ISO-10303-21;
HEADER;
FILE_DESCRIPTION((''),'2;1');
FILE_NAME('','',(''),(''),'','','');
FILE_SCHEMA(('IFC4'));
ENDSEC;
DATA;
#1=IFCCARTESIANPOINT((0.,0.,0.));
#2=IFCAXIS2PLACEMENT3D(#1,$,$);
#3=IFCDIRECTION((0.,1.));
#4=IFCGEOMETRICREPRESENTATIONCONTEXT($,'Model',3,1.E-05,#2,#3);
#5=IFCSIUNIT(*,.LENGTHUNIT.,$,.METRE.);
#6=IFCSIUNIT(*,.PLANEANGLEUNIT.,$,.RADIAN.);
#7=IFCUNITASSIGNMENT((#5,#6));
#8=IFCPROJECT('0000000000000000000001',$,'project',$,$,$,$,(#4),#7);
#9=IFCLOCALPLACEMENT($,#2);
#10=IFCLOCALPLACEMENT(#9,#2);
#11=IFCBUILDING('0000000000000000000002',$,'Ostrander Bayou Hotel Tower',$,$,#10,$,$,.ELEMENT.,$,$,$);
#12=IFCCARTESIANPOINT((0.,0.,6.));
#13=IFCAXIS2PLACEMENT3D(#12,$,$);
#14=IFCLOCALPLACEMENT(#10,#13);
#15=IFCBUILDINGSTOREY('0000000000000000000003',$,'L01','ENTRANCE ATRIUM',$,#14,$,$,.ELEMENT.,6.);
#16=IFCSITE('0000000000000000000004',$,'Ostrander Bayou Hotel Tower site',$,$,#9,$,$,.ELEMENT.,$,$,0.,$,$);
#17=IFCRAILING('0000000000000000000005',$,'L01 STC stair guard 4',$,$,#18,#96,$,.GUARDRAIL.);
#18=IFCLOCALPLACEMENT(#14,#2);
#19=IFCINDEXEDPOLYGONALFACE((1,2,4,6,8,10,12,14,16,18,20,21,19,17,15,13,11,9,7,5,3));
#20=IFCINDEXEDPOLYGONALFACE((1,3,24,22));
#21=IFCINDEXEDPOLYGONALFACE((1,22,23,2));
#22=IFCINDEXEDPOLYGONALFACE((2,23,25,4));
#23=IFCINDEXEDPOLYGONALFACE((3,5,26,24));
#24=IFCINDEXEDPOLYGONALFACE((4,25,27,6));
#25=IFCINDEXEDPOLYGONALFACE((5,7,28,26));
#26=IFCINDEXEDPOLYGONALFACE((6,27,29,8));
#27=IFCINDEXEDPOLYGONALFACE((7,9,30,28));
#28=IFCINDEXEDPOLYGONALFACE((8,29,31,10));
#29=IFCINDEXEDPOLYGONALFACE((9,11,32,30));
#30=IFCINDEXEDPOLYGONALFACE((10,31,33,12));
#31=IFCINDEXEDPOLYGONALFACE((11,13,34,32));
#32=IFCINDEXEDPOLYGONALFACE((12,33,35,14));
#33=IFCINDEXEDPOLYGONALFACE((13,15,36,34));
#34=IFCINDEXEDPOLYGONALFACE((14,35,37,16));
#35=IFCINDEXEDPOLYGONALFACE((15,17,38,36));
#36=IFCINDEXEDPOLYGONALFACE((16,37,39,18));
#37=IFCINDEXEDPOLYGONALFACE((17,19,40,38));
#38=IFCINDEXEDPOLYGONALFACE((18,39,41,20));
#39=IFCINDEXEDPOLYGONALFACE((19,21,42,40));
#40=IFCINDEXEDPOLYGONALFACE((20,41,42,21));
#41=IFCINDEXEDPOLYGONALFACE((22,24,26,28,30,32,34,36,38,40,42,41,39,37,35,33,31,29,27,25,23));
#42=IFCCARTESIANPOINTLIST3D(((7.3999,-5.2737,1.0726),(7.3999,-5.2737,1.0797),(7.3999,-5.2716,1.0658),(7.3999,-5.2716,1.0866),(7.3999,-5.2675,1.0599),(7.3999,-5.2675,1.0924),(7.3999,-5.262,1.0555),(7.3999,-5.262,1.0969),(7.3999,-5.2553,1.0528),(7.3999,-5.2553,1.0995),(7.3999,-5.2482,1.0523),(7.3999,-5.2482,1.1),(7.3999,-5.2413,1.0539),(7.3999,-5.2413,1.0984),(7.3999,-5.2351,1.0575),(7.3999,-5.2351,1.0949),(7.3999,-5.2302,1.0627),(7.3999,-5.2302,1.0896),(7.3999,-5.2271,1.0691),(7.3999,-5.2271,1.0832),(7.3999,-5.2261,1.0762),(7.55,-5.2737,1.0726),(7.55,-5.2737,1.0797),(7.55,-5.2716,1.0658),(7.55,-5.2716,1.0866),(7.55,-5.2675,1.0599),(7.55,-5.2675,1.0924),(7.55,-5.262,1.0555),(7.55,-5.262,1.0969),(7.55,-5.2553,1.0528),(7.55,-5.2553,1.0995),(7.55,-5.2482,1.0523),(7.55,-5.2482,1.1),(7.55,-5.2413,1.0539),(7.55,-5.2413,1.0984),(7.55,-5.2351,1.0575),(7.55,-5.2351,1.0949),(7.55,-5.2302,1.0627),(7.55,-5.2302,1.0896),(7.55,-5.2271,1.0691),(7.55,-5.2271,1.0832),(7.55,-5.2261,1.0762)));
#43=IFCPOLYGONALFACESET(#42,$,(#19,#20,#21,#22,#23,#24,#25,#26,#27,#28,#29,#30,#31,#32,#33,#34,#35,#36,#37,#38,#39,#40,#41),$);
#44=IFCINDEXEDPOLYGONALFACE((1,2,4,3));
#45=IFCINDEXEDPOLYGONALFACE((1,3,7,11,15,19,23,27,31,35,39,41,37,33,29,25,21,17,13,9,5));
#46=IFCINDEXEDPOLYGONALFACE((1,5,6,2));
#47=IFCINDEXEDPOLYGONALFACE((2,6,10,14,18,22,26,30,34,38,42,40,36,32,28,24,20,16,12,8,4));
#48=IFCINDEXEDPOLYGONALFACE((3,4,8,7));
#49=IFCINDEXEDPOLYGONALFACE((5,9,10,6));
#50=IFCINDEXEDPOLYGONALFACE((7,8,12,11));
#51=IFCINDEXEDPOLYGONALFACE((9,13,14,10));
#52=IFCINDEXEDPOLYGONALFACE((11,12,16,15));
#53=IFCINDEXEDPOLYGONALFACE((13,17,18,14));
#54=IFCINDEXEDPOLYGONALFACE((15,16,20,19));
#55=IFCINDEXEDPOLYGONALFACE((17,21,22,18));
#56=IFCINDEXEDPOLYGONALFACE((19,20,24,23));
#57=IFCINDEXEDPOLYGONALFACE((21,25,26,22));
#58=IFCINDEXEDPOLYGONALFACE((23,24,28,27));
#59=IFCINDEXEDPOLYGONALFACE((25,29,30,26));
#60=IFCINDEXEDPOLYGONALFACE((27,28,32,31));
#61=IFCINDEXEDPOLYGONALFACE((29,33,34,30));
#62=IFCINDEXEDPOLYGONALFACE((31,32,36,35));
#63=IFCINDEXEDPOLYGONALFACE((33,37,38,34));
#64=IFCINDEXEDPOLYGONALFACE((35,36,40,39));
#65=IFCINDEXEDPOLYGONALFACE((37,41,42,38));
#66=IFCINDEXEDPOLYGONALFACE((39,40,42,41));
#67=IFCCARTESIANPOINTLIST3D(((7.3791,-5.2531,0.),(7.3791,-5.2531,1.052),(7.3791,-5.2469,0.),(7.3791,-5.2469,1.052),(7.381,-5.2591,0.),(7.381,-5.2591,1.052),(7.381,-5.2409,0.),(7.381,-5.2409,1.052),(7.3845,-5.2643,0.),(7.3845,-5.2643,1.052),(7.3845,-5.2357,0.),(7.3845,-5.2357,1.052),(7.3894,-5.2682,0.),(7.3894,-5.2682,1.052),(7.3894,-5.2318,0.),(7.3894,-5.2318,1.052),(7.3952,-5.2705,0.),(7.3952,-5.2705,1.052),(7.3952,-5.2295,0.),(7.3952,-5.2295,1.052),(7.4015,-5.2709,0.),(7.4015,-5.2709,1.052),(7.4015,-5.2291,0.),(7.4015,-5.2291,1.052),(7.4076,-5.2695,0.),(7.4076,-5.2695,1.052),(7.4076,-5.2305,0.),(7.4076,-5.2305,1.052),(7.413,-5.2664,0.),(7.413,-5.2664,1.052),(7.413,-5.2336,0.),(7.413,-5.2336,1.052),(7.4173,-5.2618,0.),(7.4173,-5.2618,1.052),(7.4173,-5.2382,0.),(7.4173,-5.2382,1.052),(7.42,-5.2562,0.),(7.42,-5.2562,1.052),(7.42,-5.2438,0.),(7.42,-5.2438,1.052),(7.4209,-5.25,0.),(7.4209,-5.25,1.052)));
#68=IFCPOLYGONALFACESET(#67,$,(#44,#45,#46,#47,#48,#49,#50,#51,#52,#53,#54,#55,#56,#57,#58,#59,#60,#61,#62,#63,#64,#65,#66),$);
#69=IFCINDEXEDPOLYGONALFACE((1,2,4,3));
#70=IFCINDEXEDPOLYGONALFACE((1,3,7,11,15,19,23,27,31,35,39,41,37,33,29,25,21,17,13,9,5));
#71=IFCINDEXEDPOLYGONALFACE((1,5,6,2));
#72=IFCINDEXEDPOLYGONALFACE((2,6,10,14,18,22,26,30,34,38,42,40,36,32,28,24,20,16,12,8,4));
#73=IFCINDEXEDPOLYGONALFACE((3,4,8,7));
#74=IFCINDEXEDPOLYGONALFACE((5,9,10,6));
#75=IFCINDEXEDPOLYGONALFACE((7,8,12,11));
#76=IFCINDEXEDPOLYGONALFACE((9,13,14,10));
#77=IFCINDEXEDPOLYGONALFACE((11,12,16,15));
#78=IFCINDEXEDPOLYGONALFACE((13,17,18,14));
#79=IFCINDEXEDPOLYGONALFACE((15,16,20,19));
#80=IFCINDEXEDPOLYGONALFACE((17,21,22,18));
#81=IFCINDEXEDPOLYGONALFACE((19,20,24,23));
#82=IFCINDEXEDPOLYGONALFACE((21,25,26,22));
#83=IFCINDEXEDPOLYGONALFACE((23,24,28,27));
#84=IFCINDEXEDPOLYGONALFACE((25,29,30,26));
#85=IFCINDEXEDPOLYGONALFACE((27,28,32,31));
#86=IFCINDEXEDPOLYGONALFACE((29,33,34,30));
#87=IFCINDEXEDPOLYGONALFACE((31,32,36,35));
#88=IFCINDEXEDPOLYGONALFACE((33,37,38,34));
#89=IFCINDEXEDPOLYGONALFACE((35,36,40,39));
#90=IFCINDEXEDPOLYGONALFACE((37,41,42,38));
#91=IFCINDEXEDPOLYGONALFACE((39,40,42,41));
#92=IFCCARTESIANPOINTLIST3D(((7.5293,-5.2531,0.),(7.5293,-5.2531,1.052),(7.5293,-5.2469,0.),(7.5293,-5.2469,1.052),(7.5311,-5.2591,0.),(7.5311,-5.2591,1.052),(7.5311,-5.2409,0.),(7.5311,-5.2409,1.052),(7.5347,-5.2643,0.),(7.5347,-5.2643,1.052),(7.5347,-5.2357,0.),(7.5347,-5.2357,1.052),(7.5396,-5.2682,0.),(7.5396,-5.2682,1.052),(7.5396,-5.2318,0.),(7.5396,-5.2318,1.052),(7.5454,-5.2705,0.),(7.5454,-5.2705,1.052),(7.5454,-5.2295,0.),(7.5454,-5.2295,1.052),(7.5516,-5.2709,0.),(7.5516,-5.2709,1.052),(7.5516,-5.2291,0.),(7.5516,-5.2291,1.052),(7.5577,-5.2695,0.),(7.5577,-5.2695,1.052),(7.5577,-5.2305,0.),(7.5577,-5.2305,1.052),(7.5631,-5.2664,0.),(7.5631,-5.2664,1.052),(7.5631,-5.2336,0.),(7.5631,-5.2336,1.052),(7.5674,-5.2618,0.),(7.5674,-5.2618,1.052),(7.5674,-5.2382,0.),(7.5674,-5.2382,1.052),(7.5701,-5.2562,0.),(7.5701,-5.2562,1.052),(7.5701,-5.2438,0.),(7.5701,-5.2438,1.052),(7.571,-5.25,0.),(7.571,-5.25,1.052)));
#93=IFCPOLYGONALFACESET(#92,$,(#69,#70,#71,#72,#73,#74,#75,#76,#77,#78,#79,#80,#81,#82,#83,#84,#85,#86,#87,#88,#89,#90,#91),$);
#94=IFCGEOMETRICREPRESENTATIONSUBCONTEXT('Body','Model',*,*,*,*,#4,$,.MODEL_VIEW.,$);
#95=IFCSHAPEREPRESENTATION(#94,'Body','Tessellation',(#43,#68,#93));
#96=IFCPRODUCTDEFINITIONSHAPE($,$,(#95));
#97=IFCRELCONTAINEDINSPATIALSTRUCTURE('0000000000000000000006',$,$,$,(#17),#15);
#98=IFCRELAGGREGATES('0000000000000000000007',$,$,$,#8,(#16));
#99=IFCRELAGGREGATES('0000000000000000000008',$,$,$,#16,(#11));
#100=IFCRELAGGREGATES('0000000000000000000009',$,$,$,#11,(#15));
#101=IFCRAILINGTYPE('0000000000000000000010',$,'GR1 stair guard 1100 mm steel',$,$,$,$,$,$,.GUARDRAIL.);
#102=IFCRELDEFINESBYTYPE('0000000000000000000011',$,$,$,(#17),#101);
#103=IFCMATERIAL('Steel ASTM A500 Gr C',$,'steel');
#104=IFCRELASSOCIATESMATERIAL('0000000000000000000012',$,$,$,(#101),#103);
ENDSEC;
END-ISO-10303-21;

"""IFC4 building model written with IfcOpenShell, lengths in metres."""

from ifc_helpers import new_model, si_unit, direction, frame, origin, origin_2d, place, context, subcontext, project, spatial, circle, extrude, material, type_object, element, save


model = new_model("IFC4")

# Units and contexts
model_context = context("Model", 3, precision=1e-05, world=origin(), true_north=direction((0.0, 1.0)))
body_context = subcontext(model_context, "Body", "Model", "MODEL_VIEW")
ifc_project = project(units=[si_unit("LENGTHUNIT", "METRE"), si_unit("PLANEANGLEUNIT", "RADIAN")], contexts=[model_context])

# Site, building, storey
site_placement = place(None, origin())
site = spatial("IfcSite", under=ifc_project, at=site_placement, Name="Ostrander Bayou Hotel Tower site", CompositionType="ELEMENT", RefElevation=0.0)
building_placement = place(site_placement, origin())
building = spatial("IfcBuilding", under=site, at=building_placement, Name="Ostrander Bayou Hotel Tower", CompositionType="ELEMENT")
storey_placement = place(building_placement, frame((0.0, 0.0, 6.0)))
storey = spatial("IfcBuildingStorey", under=building, at=storey_placement, Name="L01", Description="ENTRANCE ATRIUM", CompositionType="ELEMENT", Elevation=6.0)

# Railing
ifc_material_1 = material(Name="Steel ASTM A500 Gr C", Category="steel")
railing_type_1 = type_object("IfcRailingType", Name="GR1 stair guard 1100 mm steel", PredefinedType="GUARDRAIL", material=ifc_material_1)
railing_1_placement = place(storey_placement, frame((7.3999, -5.25, 0.0)))
element("IfcRailing", 1, at=railing_1_placement, inside=storey, type_object=railing_type_1, Name="L01 STC stair guard 4", PredefinedType="GUARDRAIL", context=body_context, shape_type="SweptSolid", body=[
    extrude(circle(Radius=0.0239, at=origin_2d()), frame((0.0, 0.0, 1.0762), z_axis=(1.0, 0.0, 0.0), x_axis=(0.0, 1.0, 0.0)), (0.0, 0.0, 1.0), 0.1501),
    extrude(circle(Radius=0.021, at=origin_2d()), origin(), (0.0, 0.0, 1.0), 1.052),
    extrude(circle(Radius=0.021, at=origin_2d()), frame((0.1501, 0.0, 0.0)), (0.0, 0.0, 1.0), 1.052),
])

save(model, "model.ifc")
